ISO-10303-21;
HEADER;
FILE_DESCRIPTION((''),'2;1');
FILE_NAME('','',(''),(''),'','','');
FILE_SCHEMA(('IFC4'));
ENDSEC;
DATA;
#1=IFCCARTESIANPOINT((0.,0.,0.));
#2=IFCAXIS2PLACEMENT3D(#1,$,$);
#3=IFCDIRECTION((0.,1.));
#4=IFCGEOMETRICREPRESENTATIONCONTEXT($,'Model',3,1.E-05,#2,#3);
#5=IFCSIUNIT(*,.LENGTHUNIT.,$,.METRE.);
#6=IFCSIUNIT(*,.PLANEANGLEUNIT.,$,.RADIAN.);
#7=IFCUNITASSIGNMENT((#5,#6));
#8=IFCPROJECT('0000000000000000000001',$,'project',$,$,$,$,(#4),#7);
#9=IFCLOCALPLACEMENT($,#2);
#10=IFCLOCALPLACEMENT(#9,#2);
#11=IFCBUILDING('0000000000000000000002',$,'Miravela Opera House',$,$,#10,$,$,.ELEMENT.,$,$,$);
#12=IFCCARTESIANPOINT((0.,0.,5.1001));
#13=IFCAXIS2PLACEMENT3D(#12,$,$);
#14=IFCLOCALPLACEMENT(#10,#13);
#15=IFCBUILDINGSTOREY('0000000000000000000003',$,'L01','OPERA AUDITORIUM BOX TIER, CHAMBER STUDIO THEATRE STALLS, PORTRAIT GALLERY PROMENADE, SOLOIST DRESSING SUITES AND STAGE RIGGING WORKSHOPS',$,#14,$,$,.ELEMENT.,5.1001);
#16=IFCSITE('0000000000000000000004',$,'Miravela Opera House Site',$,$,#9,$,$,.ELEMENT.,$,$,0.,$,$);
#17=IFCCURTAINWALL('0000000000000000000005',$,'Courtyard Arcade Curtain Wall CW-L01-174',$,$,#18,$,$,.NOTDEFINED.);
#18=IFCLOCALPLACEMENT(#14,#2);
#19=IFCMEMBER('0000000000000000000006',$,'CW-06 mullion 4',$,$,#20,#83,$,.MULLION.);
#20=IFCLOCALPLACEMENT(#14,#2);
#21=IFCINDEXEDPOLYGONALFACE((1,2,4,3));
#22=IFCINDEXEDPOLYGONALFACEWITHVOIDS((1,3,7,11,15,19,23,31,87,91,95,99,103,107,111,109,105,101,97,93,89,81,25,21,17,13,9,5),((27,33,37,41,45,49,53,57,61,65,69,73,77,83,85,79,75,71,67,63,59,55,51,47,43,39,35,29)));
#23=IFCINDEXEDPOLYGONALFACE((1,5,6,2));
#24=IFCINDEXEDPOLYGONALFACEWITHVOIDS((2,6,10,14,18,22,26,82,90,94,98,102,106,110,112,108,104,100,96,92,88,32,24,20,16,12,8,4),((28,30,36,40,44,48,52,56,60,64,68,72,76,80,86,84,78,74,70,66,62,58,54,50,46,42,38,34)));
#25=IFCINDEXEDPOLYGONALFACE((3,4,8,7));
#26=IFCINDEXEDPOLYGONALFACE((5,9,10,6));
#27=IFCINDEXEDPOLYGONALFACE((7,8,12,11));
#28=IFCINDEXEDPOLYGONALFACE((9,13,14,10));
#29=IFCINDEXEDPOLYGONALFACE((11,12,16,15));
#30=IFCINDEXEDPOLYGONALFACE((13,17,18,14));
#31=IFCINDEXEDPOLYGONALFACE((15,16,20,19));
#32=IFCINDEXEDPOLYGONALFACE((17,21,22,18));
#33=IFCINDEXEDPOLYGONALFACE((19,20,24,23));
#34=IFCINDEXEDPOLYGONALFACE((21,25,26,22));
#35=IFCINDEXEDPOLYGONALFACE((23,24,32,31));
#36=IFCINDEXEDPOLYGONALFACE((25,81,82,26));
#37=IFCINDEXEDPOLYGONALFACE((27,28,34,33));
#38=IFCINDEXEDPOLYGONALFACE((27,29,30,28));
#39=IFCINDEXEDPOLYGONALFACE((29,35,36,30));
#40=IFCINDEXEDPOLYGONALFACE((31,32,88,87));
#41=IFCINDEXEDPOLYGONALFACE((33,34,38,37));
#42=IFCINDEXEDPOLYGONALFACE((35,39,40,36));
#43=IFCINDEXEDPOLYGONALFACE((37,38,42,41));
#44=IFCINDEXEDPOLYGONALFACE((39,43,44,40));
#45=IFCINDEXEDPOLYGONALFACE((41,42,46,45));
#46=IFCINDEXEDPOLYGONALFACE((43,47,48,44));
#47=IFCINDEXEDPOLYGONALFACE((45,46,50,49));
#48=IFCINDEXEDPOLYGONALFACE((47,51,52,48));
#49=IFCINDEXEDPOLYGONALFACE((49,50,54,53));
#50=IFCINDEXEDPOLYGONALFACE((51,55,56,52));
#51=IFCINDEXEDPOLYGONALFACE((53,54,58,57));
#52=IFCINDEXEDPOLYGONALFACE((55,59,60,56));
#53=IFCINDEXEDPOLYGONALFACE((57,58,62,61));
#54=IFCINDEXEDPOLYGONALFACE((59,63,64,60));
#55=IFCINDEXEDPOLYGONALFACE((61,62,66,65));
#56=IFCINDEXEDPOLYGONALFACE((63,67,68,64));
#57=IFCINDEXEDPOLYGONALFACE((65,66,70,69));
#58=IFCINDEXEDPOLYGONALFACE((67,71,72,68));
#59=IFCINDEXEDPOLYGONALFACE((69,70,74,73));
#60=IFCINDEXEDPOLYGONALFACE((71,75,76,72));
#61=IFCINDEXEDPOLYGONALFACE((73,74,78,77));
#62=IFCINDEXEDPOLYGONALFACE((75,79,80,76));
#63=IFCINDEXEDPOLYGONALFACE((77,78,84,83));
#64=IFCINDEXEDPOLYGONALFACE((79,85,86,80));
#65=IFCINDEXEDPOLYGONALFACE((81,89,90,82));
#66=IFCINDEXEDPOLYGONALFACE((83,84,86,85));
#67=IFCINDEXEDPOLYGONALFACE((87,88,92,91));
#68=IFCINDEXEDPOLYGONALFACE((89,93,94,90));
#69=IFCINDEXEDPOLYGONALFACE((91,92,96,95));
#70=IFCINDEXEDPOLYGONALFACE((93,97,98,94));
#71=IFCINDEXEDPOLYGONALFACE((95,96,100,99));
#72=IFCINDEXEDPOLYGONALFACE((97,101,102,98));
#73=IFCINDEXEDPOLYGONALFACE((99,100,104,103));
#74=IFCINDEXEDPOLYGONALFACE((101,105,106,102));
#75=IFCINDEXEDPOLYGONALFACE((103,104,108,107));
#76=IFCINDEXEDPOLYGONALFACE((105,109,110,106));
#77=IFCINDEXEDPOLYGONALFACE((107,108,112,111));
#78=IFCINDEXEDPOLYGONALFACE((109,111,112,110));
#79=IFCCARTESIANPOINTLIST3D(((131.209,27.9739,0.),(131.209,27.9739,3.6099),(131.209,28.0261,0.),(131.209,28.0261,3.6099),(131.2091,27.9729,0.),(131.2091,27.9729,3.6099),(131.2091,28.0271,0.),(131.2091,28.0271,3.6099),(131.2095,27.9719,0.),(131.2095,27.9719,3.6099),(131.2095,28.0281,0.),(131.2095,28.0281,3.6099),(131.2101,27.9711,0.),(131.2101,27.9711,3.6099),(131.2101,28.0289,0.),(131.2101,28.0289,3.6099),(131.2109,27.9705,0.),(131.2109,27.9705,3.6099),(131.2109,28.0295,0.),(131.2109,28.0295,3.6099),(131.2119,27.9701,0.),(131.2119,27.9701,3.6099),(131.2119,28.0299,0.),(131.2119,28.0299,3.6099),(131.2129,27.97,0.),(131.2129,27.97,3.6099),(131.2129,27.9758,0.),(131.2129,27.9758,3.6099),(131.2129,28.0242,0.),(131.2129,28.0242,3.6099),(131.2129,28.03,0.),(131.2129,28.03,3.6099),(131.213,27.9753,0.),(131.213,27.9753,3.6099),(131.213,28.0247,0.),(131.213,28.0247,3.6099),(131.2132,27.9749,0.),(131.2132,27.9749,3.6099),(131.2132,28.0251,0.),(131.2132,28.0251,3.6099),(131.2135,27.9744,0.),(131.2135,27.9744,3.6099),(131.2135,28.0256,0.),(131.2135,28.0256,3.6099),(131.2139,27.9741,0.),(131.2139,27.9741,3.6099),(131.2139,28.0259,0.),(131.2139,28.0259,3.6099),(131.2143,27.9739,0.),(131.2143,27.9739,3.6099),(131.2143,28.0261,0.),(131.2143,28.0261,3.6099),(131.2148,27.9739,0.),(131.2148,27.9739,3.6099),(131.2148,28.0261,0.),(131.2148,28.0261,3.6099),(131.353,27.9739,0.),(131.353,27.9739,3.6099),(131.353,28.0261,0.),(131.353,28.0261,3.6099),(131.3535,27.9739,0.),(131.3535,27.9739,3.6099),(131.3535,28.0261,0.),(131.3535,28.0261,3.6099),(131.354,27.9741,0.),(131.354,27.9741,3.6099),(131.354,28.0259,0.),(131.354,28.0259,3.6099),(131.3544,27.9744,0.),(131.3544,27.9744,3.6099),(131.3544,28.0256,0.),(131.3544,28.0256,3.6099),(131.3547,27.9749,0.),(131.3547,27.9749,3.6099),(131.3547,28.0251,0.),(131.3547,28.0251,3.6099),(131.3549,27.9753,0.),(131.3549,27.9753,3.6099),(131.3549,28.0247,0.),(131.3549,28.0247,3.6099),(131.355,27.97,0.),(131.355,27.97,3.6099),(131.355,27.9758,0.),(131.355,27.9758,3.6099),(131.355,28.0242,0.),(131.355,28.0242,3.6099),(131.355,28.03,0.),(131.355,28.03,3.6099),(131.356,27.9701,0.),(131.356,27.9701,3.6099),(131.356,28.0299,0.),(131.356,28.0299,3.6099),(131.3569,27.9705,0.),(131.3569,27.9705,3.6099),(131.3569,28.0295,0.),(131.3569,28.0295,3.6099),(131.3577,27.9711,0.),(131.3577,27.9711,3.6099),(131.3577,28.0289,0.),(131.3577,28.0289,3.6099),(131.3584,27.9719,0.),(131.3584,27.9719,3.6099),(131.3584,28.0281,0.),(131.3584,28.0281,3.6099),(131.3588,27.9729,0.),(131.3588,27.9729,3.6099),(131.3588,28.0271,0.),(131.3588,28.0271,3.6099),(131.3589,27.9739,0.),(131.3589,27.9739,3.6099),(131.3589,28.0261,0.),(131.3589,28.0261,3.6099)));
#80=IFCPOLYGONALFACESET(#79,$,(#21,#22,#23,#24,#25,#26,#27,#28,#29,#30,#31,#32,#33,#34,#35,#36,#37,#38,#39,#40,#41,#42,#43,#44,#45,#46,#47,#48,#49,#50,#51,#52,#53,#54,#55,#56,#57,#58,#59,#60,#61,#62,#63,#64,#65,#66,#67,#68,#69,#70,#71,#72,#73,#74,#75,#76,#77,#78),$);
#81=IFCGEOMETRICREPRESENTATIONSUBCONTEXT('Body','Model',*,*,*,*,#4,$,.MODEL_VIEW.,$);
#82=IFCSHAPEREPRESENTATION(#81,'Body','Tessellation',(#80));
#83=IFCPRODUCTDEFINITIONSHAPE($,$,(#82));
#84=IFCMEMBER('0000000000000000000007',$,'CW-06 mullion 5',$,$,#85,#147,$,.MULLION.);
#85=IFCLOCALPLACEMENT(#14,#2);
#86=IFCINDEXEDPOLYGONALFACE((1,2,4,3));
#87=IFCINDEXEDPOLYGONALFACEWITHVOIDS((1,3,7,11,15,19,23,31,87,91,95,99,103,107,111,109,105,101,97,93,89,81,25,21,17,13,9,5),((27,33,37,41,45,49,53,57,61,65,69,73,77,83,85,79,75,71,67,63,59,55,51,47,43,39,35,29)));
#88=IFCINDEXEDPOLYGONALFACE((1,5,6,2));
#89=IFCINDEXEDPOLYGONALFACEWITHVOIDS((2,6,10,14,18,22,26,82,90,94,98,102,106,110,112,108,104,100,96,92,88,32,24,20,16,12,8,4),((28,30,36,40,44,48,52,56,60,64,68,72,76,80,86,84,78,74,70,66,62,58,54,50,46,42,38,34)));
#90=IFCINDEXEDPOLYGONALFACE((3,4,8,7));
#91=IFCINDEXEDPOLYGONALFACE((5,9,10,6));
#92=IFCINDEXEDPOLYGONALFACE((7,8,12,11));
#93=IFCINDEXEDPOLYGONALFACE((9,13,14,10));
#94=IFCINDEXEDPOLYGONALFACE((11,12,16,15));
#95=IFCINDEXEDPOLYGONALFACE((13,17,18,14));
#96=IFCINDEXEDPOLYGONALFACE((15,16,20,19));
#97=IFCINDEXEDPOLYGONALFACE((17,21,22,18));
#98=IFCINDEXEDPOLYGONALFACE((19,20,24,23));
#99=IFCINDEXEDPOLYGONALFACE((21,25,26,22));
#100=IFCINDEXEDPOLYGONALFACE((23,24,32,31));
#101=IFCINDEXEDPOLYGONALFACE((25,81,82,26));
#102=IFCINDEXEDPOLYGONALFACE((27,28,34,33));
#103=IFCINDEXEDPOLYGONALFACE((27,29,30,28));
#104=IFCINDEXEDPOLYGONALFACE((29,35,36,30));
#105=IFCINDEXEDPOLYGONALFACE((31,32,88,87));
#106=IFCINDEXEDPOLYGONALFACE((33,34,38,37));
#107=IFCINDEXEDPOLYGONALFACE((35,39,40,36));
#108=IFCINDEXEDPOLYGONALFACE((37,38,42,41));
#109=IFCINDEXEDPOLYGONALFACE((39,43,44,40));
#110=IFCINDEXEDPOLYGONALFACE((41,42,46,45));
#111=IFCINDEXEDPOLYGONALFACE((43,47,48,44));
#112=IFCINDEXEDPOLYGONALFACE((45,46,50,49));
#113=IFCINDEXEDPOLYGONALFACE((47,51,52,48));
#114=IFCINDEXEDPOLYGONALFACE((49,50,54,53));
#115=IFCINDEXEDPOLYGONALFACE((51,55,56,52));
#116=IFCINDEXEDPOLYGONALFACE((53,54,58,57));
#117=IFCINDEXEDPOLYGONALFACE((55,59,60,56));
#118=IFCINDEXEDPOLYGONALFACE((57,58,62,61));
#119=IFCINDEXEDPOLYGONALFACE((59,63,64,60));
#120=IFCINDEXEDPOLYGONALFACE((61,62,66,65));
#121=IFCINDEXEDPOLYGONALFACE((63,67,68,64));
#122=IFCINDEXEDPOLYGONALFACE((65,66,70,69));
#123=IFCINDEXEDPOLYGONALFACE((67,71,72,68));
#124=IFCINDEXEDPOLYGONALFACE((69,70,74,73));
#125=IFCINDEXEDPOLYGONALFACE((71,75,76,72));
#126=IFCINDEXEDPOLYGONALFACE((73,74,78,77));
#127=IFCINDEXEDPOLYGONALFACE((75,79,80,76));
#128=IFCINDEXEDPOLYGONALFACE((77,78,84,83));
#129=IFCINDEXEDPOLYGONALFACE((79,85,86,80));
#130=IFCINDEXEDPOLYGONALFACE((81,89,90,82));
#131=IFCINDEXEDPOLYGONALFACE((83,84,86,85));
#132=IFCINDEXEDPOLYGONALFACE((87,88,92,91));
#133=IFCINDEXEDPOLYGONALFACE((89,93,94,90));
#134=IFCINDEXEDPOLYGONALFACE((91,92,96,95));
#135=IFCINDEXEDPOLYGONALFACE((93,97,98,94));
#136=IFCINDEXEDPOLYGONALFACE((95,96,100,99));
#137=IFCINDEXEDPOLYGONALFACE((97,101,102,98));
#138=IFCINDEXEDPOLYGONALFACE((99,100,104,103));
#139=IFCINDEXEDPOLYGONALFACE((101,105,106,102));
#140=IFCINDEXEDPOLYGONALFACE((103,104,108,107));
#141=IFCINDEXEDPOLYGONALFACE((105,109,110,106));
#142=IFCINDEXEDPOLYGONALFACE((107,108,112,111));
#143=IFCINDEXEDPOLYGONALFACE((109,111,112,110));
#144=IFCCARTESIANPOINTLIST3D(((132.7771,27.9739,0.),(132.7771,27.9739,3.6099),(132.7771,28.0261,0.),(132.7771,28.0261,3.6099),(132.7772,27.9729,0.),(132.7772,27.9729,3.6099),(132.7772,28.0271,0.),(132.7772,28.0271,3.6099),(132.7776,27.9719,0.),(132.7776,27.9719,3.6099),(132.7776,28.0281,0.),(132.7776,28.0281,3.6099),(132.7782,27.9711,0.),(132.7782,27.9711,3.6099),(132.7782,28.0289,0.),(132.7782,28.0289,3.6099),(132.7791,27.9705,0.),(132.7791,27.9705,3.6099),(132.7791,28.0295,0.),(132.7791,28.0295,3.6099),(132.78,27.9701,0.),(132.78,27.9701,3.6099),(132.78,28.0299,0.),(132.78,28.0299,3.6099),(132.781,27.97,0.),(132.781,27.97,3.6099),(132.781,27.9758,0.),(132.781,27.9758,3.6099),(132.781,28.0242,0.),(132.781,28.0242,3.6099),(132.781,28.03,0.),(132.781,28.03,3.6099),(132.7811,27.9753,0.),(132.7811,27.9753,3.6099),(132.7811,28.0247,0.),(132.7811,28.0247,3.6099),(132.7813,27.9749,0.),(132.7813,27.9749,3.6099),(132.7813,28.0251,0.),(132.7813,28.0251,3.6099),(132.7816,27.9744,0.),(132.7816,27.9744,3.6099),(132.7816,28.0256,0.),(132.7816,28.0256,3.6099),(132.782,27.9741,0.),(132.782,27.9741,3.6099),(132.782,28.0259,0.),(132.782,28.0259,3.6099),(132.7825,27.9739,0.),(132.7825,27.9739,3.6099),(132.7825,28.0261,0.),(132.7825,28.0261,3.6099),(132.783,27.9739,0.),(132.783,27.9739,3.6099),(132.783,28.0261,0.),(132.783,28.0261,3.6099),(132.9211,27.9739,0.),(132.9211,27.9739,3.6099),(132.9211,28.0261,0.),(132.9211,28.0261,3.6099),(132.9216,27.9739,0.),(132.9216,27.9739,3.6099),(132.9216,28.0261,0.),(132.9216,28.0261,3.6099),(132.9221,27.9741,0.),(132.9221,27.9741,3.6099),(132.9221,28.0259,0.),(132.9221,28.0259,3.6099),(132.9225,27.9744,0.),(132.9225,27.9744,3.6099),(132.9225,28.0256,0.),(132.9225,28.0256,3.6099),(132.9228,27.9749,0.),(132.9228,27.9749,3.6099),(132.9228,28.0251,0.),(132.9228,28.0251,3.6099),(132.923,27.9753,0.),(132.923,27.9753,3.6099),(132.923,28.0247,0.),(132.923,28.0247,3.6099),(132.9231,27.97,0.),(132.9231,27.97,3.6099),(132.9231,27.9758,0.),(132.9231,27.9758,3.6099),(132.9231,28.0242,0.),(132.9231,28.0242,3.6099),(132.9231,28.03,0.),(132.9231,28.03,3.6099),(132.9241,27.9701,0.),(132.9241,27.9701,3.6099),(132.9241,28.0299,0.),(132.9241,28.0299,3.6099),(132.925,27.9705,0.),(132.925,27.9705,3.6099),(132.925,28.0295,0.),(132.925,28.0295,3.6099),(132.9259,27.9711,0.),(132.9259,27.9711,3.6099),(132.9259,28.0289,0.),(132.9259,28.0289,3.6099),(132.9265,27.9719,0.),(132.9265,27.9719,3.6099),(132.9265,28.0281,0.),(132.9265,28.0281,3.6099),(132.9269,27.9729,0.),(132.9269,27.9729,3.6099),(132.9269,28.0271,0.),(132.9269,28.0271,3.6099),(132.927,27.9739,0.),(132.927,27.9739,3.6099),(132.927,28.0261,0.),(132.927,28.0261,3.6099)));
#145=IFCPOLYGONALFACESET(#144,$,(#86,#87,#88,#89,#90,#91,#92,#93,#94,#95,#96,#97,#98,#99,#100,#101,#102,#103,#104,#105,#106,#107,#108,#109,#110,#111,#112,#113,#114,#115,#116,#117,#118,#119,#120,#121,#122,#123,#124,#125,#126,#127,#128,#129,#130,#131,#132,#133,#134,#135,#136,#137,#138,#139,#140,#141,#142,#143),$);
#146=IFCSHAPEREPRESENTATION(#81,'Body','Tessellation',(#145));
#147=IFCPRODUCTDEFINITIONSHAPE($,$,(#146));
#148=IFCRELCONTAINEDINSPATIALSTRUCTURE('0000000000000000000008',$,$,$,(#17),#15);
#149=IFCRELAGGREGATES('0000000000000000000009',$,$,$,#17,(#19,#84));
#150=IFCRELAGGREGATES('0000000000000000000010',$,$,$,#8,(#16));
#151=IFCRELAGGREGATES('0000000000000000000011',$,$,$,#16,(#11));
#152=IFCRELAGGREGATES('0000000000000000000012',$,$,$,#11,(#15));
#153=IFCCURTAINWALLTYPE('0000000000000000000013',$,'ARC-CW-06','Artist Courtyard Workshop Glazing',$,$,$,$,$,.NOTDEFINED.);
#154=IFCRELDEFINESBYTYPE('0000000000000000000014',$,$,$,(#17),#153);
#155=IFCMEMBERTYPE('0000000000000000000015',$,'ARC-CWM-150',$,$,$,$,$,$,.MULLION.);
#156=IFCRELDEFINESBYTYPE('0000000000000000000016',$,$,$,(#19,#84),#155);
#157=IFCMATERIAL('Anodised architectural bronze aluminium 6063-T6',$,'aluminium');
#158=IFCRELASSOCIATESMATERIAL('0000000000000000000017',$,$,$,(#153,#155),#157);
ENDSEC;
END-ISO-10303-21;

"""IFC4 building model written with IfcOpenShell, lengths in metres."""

from ifc_helpers import new_model, si_unit, direction, frame, origin, origin_2d, place, context, subcontext, project, spatial, hollow_rectangle, extrude, material, material_profile, profile_set, type_object, element, aggregate, save


model = new_model("IFC4")

# Units and contexts
model_context = context("Model", 3, precision=1e-05, world=origin(), true_north=direction((0.0, 1.0)))
body_context = subcontext(model_context, "Body", "Model", "MODEL_VIEW")
ifc_project = project(units=[si_unit("LENGTHUNIT", "METRE"), si_unit("PLANEANGLEUNIT", "RADIAN")], contexts=[model_context])

# Site, building, storey
site_placement = place(None, origin())
site = spatial("IfcSite", under=ifc_project, at=site_placement, Name="Miravela Opera House Site", CompositionType="ELEMENT", RefElevation=0.0)
building_placement = place(site_placement, origin())
building = spatial("IfcBuilding", under=site, at=building_placement, Name="Miravela Opera House", CompositionType="ELEMENT")
storey_placement = place(building_placement, frame((0.0, 0.0, 5.1001)))
storey = spatial("IfcBuildingStorey", under=building, at=storey_placement, Name="L01", Description="OPERA AUDITORIUM BOX TIER, CHAMBER STUDIO THEATRE STALLS, PORTRAIT GALLERY PROMENADE, SOLOIST DRESSING SUITES AND STAGE RIGGING WORKSHOPS", CompositionType="ELEMENT", Elevation=5.1001)

# Curtain wall, members
ifc_material_1 = material(Name="Anodised architectural bronze aluminium 6063-T6", Category="aluminium")
curtain_wall_type = type_object("IfcCurtainWallType", Name="ARC-CW-06", Description="Artist Courtyard Workshop Glazing", PredefinedType="NOTDEFINED", material=ifc_material_1)
curtain_wall_placement = place(storey_placement, origin())
curtain_wall = element("IfcCurtainWall", 1, at=curtain_wall_placement, inside=storey, type_object=curtain_wall_type, Name="Courtyard Arcade Curtain Wall CW-L01-174", PredefinedType="NOTDEFINED")
ifc_material_profile_1 = material_profile(ifc_material_1, hollow_rectangle(XDim=0.0601, YDim=0.1499, WallThickness=0.0039, InnerFilletRadius=0.002, OuterFilletRadius=0.0039, at=origin_2d()), Name="CWM-60X150")
ifc_profile_set_1 = profile_set([ifc_material_profile_1])
member_type_1 = type_object("IfcMemberType", Name="ARC-CWM-150", PredefinedType="MULLION", material=ifc_profile_set_1)
member_1_placement = place(storey_placement, frame((131.2839, 28.0, 0.0), z_axis=(0.0, 0.0, 1.0), x_axis=(0.0, 1.0, 0.0)))
member_1 = element("IfcMember", 2, at=member_1_placement, type_object=member_type_1, Name="CW-06 mullion 4", PredefinedType="MULLION", context=body_context, shape_type="SweptSolid", body=[
    extrude(hollow_rectangle(XDim=0.0601, YDim=0.1499, WallThickness=0.0039, InnerFilletRadius=0.002, OuterFilletRadius=0.0039, at=origin_2d()), origin(), (0.0, 0.0, 1.0), 3.6099),
])
member_2_placement = place(storey_placement, frame((132.8521, 28.0, 0.0), z_axis=(0.0, 0.0, 1.0), x_axis=(0.0, 1.0, 0.0)))
member_2 = element("IfcMember", 3, at=member_2_placement, type_object=member_type_1, Name="CW-06 mullion 5", PredefinedType="MULLION", context=body_context, shape_type="SweptSolid", body=[
    extrude(hollow_rectangle(XDim=0.0601, YDim=0.1499, WallThickness=0.0039, InnerFilletRadius=0.002, OuterFilletRadius=0.0039, at=origin_2d()), origin(), (0.0, 0.0, 1.0), 3.6099),
])
aggregate(curtain_wall, [member_1, member_2])

save(model, "model.ifc")
